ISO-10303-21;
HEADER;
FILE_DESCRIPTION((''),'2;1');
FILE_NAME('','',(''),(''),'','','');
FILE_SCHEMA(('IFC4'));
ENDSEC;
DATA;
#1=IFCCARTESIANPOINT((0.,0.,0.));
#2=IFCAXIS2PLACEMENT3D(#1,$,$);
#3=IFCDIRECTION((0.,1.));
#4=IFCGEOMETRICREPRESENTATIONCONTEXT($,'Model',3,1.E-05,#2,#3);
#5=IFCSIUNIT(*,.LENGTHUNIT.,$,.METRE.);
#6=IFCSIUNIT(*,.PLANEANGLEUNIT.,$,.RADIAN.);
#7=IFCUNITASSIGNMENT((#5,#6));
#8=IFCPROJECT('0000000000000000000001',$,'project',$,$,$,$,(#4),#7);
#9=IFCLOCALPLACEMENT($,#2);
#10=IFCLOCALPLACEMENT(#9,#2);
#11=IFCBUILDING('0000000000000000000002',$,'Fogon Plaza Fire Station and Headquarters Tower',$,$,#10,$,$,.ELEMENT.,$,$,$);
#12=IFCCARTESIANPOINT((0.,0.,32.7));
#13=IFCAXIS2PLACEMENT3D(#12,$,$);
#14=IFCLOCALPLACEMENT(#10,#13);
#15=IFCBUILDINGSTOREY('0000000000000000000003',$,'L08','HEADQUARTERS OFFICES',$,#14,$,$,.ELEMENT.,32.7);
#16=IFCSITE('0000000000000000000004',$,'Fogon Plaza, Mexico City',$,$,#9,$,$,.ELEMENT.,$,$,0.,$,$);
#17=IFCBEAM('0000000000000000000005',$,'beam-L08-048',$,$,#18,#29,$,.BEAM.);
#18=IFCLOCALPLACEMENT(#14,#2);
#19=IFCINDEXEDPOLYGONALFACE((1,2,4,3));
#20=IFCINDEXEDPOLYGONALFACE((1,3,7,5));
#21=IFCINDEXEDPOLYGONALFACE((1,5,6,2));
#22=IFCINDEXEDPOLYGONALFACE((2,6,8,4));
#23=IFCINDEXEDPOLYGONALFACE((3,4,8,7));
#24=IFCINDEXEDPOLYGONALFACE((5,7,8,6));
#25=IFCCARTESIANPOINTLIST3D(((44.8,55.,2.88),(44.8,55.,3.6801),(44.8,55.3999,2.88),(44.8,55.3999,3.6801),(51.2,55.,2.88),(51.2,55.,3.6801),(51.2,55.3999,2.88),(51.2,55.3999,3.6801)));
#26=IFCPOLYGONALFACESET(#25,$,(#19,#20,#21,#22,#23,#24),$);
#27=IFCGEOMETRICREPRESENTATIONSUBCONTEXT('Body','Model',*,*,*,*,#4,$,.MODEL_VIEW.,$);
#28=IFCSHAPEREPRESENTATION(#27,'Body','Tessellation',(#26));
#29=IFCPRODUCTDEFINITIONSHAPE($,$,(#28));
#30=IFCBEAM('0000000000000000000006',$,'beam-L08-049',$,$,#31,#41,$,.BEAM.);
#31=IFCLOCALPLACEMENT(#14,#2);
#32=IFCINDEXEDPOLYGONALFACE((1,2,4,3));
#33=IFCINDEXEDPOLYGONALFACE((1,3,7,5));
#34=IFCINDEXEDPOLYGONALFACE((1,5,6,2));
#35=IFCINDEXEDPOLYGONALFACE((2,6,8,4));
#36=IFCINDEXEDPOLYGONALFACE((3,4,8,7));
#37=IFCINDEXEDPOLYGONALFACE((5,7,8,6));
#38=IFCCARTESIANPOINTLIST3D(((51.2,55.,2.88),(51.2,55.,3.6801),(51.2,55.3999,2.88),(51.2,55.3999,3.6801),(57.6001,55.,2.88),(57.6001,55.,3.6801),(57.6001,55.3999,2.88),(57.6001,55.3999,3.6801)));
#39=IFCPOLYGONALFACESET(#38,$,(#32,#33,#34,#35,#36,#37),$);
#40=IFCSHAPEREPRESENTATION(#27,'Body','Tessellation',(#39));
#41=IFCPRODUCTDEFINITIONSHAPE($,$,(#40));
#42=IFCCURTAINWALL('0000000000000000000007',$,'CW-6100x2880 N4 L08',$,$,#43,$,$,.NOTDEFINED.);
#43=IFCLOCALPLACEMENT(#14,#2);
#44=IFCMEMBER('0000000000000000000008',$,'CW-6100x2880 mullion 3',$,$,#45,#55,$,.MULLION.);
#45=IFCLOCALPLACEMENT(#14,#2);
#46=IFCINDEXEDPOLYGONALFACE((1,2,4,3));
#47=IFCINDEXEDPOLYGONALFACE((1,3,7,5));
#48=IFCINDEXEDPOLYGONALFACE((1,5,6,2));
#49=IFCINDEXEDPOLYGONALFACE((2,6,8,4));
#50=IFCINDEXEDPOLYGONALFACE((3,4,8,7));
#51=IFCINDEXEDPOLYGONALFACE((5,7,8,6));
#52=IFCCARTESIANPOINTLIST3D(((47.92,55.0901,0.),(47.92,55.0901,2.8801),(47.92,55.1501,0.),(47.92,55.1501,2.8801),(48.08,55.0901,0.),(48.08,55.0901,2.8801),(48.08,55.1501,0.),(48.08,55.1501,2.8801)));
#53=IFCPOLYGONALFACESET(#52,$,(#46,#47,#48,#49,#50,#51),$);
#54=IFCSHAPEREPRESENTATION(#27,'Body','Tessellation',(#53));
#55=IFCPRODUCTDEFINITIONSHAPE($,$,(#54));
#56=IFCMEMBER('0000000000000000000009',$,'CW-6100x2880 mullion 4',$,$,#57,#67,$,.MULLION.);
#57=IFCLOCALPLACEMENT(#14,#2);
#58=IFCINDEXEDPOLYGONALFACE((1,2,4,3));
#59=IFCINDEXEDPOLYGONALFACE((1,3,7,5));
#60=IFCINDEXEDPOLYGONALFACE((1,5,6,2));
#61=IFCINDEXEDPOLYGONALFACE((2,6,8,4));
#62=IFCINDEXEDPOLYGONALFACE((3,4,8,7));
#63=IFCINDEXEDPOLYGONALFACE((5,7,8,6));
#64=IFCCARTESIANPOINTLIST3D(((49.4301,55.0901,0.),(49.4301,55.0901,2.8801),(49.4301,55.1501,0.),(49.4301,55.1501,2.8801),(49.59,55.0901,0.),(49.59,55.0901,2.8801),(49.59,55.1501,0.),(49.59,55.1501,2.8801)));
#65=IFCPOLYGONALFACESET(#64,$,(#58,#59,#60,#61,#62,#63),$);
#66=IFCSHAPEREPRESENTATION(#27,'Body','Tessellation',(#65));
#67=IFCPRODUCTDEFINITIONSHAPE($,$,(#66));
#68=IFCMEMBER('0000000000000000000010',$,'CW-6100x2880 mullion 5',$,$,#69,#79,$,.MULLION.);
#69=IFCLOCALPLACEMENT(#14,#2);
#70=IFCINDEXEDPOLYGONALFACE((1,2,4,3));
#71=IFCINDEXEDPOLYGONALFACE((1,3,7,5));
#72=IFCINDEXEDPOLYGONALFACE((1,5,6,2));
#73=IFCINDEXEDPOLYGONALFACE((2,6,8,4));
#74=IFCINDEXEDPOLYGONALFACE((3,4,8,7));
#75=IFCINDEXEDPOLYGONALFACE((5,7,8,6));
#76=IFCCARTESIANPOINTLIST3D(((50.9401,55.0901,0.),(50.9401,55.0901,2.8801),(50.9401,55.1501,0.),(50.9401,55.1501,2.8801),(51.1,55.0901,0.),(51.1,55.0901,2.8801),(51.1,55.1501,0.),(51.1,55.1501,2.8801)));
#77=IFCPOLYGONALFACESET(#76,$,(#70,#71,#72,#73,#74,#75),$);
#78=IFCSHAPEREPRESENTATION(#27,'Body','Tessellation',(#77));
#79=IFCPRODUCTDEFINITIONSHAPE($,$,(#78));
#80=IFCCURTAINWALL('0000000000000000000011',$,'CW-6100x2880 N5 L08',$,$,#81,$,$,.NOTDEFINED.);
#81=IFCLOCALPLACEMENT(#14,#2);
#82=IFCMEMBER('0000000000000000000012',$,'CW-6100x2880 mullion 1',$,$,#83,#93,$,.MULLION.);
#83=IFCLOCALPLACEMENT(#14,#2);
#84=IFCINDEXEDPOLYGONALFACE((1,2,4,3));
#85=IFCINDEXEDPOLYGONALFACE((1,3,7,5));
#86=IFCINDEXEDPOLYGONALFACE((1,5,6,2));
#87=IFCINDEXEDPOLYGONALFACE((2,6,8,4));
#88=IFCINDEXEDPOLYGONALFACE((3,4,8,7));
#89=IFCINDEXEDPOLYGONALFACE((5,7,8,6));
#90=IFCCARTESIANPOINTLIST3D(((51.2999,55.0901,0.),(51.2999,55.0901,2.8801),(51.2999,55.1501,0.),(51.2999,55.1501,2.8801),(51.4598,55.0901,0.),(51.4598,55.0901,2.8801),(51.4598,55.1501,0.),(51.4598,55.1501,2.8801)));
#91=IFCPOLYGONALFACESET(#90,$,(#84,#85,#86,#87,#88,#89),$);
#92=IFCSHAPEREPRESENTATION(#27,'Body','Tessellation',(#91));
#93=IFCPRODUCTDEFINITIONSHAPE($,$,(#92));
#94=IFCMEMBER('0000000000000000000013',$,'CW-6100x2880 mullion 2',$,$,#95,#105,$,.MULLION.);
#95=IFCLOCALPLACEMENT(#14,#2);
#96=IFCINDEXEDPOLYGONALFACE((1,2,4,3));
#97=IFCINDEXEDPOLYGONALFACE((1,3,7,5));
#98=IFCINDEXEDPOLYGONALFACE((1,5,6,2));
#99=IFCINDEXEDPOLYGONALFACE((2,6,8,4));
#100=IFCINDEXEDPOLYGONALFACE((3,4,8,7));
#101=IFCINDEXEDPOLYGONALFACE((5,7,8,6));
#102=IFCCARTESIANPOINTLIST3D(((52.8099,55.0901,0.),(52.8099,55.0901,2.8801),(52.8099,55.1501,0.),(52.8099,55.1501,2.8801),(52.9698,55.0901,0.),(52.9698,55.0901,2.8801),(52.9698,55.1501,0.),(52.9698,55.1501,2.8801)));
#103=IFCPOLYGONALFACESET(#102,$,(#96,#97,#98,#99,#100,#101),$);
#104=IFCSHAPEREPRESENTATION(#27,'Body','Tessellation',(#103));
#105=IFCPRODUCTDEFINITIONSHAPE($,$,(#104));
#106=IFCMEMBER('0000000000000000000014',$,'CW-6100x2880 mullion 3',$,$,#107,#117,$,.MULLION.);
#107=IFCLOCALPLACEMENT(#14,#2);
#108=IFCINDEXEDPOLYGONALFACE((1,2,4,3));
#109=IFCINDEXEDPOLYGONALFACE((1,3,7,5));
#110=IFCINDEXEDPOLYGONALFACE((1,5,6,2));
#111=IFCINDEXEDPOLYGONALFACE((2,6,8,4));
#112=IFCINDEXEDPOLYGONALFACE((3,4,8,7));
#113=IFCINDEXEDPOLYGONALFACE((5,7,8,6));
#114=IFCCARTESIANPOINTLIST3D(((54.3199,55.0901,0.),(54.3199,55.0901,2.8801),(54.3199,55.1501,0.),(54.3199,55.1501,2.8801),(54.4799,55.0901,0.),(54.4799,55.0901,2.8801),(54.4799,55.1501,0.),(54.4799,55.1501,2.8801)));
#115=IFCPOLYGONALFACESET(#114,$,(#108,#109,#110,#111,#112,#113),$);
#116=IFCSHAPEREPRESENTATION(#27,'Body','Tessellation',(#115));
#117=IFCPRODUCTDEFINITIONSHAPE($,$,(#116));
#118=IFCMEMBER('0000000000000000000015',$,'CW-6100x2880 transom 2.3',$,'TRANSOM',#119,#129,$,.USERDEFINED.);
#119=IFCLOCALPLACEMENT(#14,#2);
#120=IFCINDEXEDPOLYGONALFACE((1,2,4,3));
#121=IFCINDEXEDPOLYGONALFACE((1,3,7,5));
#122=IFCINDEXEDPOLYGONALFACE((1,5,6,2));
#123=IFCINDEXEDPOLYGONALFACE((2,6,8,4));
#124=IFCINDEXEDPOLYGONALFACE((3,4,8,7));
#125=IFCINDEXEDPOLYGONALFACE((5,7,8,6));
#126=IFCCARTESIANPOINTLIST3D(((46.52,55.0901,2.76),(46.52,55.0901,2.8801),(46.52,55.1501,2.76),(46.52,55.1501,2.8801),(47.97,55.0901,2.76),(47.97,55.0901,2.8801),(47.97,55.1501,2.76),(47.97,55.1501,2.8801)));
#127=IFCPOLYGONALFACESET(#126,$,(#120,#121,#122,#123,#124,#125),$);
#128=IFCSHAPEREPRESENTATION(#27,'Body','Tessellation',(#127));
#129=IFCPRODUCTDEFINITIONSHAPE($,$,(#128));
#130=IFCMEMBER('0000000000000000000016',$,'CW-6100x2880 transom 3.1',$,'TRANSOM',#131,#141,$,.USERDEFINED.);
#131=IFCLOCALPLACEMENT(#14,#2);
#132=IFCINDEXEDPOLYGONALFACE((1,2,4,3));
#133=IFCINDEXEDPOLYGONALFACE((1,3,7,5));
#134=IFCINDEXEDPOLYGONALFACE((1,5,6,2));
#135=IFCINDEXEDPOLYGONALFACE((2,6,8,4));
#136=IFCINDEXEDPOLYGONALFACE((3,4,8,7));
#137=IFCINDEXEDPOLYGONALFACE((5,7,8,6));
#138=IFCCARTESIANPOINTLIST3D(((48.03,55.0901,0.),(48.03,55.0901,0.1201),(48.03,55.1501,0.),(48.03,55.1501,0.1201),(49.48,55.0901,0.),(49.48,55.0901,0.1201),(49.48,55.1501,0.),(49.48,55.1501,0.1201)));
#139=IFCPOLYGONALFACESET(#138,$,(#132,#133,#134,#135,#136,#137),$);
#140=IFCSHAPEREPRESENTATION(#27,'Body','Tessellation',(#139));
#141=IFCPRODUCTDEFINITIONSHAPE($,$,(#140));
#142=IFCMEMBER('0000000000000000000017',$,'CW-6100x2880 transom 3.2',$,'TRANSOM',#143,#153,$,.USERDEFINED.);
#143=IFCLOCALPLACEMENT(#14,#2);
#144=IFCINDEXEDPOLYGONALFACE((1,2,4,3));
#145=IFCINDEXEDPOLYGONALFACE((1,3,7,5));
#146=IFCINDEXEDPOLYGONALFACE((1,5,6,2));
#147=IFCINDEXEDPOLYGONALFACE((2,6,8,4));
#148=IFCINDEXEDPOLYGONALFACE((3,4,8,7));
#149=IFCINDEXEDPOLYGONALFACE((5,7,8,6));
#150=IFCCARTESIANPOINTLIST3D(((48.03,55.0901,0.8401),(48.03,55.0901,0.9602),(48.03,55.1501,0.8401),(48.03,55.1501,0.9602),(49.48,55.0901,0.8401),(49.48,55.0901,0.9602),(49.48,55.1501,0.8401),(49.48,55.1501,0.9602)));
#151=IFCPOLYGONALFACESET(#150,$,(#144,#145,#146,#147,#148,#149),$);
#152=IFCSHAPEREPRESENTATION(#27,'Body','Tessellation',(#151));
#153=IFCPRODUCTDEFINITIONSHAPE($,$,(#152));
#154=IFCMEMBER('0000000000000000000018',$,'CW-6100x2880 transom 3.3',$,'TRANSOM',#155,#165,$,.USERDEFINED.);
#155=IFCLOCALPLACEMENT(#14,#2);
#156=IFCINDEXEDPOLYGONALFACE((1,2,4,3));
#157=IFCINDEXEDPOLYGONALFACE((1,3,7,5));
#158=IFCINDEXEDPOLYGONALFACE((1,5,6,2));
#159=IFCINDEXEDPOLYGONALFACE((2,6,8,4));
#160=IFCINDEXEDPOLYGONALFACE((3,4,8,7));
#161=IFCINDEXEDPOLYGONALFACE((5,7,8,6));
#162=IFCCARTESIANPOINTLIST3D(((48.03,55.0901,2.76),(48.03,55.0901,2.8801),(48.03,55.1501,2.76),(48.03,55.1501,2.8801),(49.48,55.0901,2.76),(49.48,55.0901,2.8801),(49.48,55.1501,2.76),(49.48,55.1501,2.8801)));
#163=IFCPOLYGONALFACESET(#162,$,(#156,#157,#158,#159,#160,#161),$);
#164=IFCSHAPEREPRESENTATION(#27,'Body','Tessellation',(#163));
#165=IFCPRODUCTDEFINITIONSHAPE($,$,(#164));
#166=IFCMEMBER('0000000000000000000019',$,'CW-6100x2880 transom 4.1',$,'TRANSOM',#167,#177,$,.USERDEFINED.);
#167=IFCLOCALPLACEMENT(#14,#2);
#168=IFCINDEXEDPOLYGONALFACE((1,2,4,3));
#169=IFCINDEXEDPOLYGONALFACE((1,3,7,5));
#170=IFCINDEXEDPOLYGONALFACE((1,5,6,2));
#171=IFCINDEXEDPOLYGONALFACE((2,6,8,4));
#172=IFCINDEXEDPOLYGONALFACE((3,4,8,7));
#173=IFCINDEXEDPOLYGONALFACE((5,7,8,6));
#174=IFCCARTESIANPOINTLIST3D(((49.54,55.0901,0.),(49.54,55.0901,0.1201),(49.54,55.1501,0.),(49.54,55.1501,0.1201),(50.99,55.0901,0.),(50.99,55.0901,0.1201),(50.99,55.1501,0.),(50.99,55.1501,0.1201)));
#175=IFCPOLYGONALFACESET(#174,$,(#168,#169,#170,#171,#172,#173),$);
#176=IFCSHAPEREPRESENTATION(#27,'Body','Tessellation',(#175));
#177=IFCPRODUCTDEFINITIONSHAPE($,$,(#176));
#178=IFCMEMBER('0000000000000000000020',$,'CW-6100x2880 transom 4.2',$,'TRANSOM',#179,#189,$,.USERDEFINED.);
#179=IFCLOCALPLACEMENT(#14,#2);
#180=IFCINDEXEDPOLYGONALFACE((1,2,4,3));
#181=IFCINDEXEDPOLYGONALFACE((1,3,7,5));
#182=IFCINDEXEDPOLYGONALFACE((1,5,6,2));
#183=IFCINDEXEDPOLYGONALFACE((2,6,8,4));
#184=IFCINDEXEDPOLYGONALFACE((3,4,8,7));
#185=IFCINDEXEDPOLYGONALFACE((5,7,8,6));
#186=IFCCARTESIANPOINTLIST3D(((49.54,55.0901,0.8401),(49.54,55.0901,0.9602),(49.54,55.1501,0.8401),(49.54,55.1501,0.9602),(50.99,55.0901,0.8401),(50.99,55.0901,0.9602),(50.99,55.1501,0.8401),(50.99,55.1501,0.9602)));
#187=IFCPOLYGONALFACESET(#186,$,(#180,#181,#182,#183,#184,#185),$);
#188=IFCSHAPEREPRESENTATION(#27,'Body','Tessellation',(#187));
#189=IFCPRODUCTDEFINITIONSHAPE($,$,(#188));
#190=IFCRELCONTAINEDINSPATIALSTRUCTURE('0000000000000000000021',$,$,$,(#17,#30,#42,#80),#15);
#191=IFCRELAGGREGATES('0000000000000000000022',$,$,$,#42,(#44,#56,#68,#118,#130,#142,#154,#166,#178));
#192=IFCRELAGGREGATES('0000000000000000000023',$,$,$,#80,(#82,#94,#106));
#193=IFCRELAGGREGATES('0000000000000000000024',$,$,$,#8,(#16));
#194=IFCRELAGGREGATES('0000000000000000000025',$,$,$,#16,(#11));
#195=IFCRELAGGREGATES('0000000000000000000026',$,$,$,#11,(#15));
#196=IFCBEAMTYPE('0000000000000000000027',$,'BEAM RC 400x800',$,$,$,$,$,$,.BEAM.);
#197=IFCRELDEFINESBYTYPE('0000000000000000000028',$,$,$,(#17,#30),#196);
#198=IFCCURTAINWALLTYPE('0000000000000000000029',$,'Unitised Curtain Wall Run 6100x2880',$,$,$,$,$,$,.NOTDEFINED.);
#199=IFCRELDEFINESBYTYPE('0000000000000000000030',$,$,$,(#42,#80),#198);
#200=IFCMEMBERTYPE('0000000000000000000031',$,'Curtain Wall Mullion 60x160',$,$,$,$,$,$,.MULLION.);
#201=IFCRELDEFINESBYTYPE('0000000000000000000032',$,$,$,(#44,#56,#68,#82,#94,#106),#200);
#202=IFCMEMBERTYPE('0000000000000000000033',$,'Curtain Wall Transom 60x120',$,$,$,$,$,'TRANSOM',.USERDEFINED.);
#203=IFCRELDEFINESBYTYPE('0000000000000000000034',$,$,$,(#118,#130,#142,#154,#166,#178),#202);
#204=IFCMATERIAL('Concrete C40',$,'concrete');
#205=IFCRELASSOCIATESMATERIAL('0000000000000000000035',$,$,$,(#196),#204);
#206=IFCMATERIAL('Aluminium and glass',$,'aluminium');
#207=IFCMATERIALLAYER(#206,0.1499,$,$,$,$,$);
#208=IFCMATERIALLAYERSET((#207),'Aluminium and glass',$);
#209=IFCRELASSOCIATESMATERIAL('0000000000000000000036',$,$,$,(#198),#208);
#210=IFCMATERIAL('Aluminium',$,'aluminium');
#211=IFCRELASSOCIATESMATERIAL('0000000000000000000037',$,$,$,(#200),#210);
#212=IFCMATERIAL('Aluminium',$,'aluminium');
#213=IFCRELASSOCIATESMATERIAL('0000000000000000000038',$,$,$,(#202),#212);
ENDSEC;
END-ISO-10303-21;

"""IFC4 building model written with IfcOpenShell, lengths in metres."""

from ifc_helpers import new_model, si_unit, direction, frame, origin, origin_2d, place, context, subcontext, project, spatial, rectangle, extrude, material, layer, layer_set, material_profile, profile_set, type_object, element, aggregate, save


model = new_model("IFC4")

# Units and contexts
model_context = context("Model", 3, precision=1e-05, world=origin(), true_north=direction((0.0, 1.0)))
body_context = subcontext(model_context, "Body", "Model", "MODEL_VIEW")
ifc_project = project(units=[si_unit("LENGTHUNIT", "METRE"), si_unit("PLANEANGLEUNIT", "RADIAN")], contexts=[model_context])

# Site, building, storey
site_placement = place(None, origin())
site = spatial("IfcSite", under=ifc_project, at=site_placement, Name="Fogon Plaza, Mexico City", CompositionType="ELEMENT", RefElevation=0.0)
building_placement = place(site_placement, origin())
building = spatial("IfcBuilding", under=site, at=building_placement, Name="Fogon Plaza Fire Station and Headquarters Tower", CompositionType="ELEMENT")
storey_placement = place(building_placement, frame((0.0, 0.0, 32.7)))
storey = spatial("IfcBuildingStorey", under=building, at=storey_placement, Name="L08", Description="HEADQUARTERS OFFICES", CompositionType="ELEMENT", Elevation=32.7)

# Beams
ifc_material_1 = material(Name="Concrete C40", Category="concrete")
ifc_material_profile_1 = material_profile(ifc_material_1, rectangle(XDim=0.3999, YDim=0.8, at=origin_2d()), Name="RC 400x800")
ifc_profile_set_1 = profile_set([ifc_material_profile_1], Name="Concrete C40")
beam_type = type_object("IfcBeamType", Name="BEAM RC 400x800", PredefinedType="BEAM", material=ifc_profile_set_1)
beam_1_placement = place(storey_placement, frame((44.8, 55.2, 3.28), z_axis=(1.0, 0.0, 0.0), x_axis=(0.0, 1.0, 0.0)))
element("IfcBeam", 1, at=beam_1_placement, inside=storey, type_object=beam_type, Name="beam-L08-048", PredefinedType="BEAM", context=body_context, shape_type="SweptSolid", body=[
    extrude(rectangle(XDim=0.3999, YDim=0.8, at=origin_2d()), origin(), (0.0, 0.0, 1.0), 6.3999),
])
beam_2_placement = place(storey_placement, frame((51.2, 55.2, 3.28), z_axis=(1.0, 0.0, 0.0), x_axis=(0.0, 1.0, 0.0)))
element("IfcBeam", 2, at=beam_2_placement, inside=storey, type_object=beam_type, Name="beam-L08-049", PredefinedType="BEAM", context=body_context, shape_type="SweptSolid", body=[
    extrude(rectangle(XDim=0.3999, YDim=0.8, at=origin_2d()), origin(), (0.0, 0.0, 1.0), 6.4001),
])

# Curtain walls, members
ifc_material_2 = material(Name="Aluminium and glass", Category="aluminium")
ifc_layer_1 = layer(ifc_material_2, 0.1499)
ifc_layer_set_1 = layer_set([ifc_layer_1], Name="Aluminium and glass")
curtain_wall_type = type_object("IfcCurtainWallType", Name="Unitised Curtain Wall Run 6100x2880", PredefinedType="NOTDEFINED", material=ifc_layer_set_1)
curtain_wall_1_placement = place(storey_placement, origin())
curtain_wall_1 = element("IfcCurtainWall", 3, at=curtain_wall_1_placement, inside=storey, type_object=curtain_wall_type, Name="CW-6100x2880 N4 L08", PredefinedType="NOTDEFINED")
ifc_material_3 = material(Name="Aluminium", Category="aluminium")
ifc_material_profile_2 = material_profile(ifc_material_3, rectangle(XDim=0.0601, YDim=0.1599, at=origin_2d()), Name="Curtain Wall Mullion 60x160")
ifc_profile_set_2 = profile_set([ifc_material_profile_2], Name="Aluminium")
member_type_1 = type_object("IfcMemberType", Name="Curtain Wall Mullion 60x160", PredefinedType="MULLION", material=ifc_profile_set_2)
member_1_placement = place(storey_placement, frame((48.0, 55.1201, 0.0), z_axis=(0.0, 0.0, 1.0), x_axis=(0.0, 1.0, 0.0)))
member_1 = element("IfcMember", 4, at=member_1_placement, type_object=member_type_1, Name="CW-6100x2880 mullion 3", PredefinedType="MULLION", context=body_context, shape_type="SweptSolid", body=[
    extrude(rectangle(XDim=0.0601, YDim=0.1599, at=origin_2d()), origin(), (0.0, 0.0, 1.0), 2.8801),
])
member_2_placement = place(storey_placement, frame((49.51, 55.1201, 0.0), z_axis=(0.0, 0.0, 1.0), x_axis=(0.0, 1.0, 0.0)))
member_2 = element("IfcMember", 5, at=member_2_placement, type_object=member_type_1, Name="CW-6100x2880 mullion 4", PredefinedType="MULLION", context=body_context, shape_type="SweptSolid", body=[
    extrude(rectangle(XDim=0.0601, YDim=0.1599, at=origin_2d()), origin(), (0.0, 0.0, 1.0), 2.8801),
])
member_3_placement = place(storey_placement, frame((51.02, 55.1201, 0.0), z_axis=(0.0, 0.0, 1.0), x_axis=(0.0, 1.0, 0.0)))
member_3 = element("IfcMember", 6, at=member_3_placement, type_object=member_type_1, Name="CW-6100x2880 mullion 5", PredefinedType="MULLION", context=body_context, shape_type="SweptSolid", body=[
    extrude(rectangle(XDim=0.0601, YDim=0.1599, at=origin_2d()), origin(), (0.0, 0.0, 1.0), 2.8801),
])
curtain_wall_2_placement = place(storey_placement, origin())
curtain_wall_2 = element("IfcCurtainWall", 7, at=curtain_wall_2_placement, inside=storey, type_object=curtain_wall_type, Name="CW-6100x2880 N5 L08", PredefinedType="NOTDEFINED")
member_4_placement = place(storey_placement, frame((51.3799, 55.1201, 0.0), z_axis=(0.0, 0.0, 1.0), x_axis=(0.0, 1.0, 0.0)))
member_4 = element("IfcMember", 8, at=member_4_placement, type_object=member_type_1, Name="CW-6100x2880 mullion 1", PredefinedType="MULLION", context=body_context, shape_type="SweptSolid", body=[
    extrude(rectangle(XDim=0.0601, YDim=0.1599, at=origin_2d()), origin(), (0.0, 0.0, 1.0), 2.8801),
])
member_5_placement = place(storey_placement, frame((52.8899, 55.1201, 0.0), z_axis=(0.0, 0.0, 1.0), x_axis=(0.0, 1.0, 0.0)))
member_5 = element("IfcMember", 9, at=member_5_placement, type_object=member_type_1, Name="CW-6100x2880 mullion 2", PredefinedType="MULLION", context=body_context, shape_type="SweptSolid", body=[
    extrude(rectangle(XDim=0.0601, YDim=0.1599, at=origin_2d()), origin(), (0.0, 0.0, 1.0), 2.8801),
])
member_6_placement = place(storey_placement, frame((54.3999, 55.1201, 0.0), z_axis=(0.0, 0.0, 1.0), x_axis=(0.0, 1.0, 0.0)))
member_6 = element("IfcMember", 10, at=member_6_placement, type_object=member_type_1, Name="CW-6100x2880 mullion 3", PredefinedType="MULLION", context=body_context, shape_type="SweptSolid", body=[
    extrude(rectangle(XDim=0.0601, YDim=0.1599, at=origin_2d()), origin(), (0.0, 0.0, 1.0), 2.8801),
])

# Members
ifc_material_4 = material(Name="Aluminium", Category="aluminium")
ifc_material_profile_3 = material_profile(ifc_material_4, rectangle(XDim=0.0601, YDim=0.1201, at=origin_2d()), Name="Curtain Wall Transom 60x120")
ifc_profile_set_3 = profile_set([ifc_material_profile_3], Name="Aluminium")
member_type_2 = type_object("IfcMemberType", Name="Curtain Wall Transom 60x120", ElementType="TRANSOM", PredefinedType="USERDEFINED", material=ifc_profile_set_3)
member_7_placement = place(storey_placement, frame((46.52, 55.1201, 2.8201), z_axis=(1.0, 0.0, 0.0), x_axis=(0.0, 1.0, 0.0)))
member_7 = element("IfcMember", 11, at=member_7_placement, type_object=member_type_2, Name="CW-6100x2880 transom 2.3", ObjectType="TRANSOM", PredefinedType="USERDEFINED", context=body_context, shape_type="SweptSolid", body=[
    extrude(rectangle(XDim=0.0601, YDim=0.1201, at=origin_2d()), origin(), (0.0, 0.0, 1.0), 1.45),
])
member_8_placement = place(storey_placement, frame((48.03, 55.1201, 0.0601), z_axis=(1.0, 0.0, 0.0), x_axis=(0.0, 1.0, 0.0)))
member_8 = element("IfcMember", 12, at=member_8_placement, type_object=member_type_2, Name="CW-6100x2880 transom 3.1", ObjectType="TRANSOM", PredefinedType="USERDEFINED", context=body_context, shape_type="SweptSolid", body=[
    extrude(rectangle(XDim=0.0601, YDim=0.1201, at=origin_2d()), origin(), (0.0, 0.0, 1.0), 1.45),
])
member_9_placement = place(storey_placement, frame((48.03, 55.1201, 0.9001), z_axis=(1.0, 0.0, 0.0), x_axis=(0.0, 1.0, 0.0)))
member_9 = element("IfcMember", 13, at=member_9_placement, type_object=member_type_2, Name="CW-6100x2880 transom 3.2", ObjectType="TRANSOM", PredefinedType="USERDEFINED", context=body_context, shape_type="SweptSolid", body=[
    extrude(rectangle(XDim=0.0601, YDim=0.1201, at=origin_2d()), origin(), (0.0, 0.0, 1.0), 1.45),
])
member_10_placement = place(storey_placement, frame((48.03, 55.1201, 2.8201), z_axis=(1.0, 0.0, 0.0), x_axis=(0.0, 1.0, 0.0)))
member_10 = element("IfcMember", 14, at=member_10_placement, type_object=member_type_2, Name="CW-6100x2880 transom 3.3", ObjectType="TRANSOM", PredefinedType="USERDEFINED", context=body_context, shape_type="SweptSolid", body=[
    extrude(rectangle(XDim=0.0601, YDim=0.1201, at=origin_2d()), origin(), (0.0, 0.0, 1.0), 1.45),
])
member_11_placement = place(storey_placement, frame((49.54, 55.1201, 0.0601), z_axis=(1.0, 0.0, 0.0), x_axis=(0.0, 1.0, 0.0)))
member_11 = element("IfcMember", 15, at=member_11_placement, type_object=member_type_2, Name="CW-6100x2880 transom 4.1", ObjectType="TRANSOM", PredefinedType="USERDEFINED", context=body_context, shape_type="SweptSolid", body=[
    extrude(rectangle(XDim=0.0601, YDim=0.1201, at=origin_2d()), origin(), (0.0, 0.0, 1.0), 1.45),
])
member_12_placement = place(storey_placement, frame((49.54, 55.1201, 0.9001), z_axis=(1.0, 0.0, 0.0), x_axis=(0.0, 1.0, 0.0)))
member_12 = element("IfcMember", 16, at=member_12_placement, type_object=member_type_2, Name="CW-6100x2880 transom 4.2", ObjectType="TRANSOM", PredefinedType="USERDEFINED", context=body_context, shape_type="SweptSolid", body=[
    extrude(rectangle(XDim=0.0601, YDim=0.1201, at=origin_2d()), origin(), (0.0, 0.0, 1.0), 1.45),
])

aggregate(curtain_wall_1, [member_1, member_2, member_3, member_7, member_8, member_9, member_10, member_11, member_12])
aggregate(curtain_wall_2, [member_4, member_5, member_6])

save(model, "model.ifc")
